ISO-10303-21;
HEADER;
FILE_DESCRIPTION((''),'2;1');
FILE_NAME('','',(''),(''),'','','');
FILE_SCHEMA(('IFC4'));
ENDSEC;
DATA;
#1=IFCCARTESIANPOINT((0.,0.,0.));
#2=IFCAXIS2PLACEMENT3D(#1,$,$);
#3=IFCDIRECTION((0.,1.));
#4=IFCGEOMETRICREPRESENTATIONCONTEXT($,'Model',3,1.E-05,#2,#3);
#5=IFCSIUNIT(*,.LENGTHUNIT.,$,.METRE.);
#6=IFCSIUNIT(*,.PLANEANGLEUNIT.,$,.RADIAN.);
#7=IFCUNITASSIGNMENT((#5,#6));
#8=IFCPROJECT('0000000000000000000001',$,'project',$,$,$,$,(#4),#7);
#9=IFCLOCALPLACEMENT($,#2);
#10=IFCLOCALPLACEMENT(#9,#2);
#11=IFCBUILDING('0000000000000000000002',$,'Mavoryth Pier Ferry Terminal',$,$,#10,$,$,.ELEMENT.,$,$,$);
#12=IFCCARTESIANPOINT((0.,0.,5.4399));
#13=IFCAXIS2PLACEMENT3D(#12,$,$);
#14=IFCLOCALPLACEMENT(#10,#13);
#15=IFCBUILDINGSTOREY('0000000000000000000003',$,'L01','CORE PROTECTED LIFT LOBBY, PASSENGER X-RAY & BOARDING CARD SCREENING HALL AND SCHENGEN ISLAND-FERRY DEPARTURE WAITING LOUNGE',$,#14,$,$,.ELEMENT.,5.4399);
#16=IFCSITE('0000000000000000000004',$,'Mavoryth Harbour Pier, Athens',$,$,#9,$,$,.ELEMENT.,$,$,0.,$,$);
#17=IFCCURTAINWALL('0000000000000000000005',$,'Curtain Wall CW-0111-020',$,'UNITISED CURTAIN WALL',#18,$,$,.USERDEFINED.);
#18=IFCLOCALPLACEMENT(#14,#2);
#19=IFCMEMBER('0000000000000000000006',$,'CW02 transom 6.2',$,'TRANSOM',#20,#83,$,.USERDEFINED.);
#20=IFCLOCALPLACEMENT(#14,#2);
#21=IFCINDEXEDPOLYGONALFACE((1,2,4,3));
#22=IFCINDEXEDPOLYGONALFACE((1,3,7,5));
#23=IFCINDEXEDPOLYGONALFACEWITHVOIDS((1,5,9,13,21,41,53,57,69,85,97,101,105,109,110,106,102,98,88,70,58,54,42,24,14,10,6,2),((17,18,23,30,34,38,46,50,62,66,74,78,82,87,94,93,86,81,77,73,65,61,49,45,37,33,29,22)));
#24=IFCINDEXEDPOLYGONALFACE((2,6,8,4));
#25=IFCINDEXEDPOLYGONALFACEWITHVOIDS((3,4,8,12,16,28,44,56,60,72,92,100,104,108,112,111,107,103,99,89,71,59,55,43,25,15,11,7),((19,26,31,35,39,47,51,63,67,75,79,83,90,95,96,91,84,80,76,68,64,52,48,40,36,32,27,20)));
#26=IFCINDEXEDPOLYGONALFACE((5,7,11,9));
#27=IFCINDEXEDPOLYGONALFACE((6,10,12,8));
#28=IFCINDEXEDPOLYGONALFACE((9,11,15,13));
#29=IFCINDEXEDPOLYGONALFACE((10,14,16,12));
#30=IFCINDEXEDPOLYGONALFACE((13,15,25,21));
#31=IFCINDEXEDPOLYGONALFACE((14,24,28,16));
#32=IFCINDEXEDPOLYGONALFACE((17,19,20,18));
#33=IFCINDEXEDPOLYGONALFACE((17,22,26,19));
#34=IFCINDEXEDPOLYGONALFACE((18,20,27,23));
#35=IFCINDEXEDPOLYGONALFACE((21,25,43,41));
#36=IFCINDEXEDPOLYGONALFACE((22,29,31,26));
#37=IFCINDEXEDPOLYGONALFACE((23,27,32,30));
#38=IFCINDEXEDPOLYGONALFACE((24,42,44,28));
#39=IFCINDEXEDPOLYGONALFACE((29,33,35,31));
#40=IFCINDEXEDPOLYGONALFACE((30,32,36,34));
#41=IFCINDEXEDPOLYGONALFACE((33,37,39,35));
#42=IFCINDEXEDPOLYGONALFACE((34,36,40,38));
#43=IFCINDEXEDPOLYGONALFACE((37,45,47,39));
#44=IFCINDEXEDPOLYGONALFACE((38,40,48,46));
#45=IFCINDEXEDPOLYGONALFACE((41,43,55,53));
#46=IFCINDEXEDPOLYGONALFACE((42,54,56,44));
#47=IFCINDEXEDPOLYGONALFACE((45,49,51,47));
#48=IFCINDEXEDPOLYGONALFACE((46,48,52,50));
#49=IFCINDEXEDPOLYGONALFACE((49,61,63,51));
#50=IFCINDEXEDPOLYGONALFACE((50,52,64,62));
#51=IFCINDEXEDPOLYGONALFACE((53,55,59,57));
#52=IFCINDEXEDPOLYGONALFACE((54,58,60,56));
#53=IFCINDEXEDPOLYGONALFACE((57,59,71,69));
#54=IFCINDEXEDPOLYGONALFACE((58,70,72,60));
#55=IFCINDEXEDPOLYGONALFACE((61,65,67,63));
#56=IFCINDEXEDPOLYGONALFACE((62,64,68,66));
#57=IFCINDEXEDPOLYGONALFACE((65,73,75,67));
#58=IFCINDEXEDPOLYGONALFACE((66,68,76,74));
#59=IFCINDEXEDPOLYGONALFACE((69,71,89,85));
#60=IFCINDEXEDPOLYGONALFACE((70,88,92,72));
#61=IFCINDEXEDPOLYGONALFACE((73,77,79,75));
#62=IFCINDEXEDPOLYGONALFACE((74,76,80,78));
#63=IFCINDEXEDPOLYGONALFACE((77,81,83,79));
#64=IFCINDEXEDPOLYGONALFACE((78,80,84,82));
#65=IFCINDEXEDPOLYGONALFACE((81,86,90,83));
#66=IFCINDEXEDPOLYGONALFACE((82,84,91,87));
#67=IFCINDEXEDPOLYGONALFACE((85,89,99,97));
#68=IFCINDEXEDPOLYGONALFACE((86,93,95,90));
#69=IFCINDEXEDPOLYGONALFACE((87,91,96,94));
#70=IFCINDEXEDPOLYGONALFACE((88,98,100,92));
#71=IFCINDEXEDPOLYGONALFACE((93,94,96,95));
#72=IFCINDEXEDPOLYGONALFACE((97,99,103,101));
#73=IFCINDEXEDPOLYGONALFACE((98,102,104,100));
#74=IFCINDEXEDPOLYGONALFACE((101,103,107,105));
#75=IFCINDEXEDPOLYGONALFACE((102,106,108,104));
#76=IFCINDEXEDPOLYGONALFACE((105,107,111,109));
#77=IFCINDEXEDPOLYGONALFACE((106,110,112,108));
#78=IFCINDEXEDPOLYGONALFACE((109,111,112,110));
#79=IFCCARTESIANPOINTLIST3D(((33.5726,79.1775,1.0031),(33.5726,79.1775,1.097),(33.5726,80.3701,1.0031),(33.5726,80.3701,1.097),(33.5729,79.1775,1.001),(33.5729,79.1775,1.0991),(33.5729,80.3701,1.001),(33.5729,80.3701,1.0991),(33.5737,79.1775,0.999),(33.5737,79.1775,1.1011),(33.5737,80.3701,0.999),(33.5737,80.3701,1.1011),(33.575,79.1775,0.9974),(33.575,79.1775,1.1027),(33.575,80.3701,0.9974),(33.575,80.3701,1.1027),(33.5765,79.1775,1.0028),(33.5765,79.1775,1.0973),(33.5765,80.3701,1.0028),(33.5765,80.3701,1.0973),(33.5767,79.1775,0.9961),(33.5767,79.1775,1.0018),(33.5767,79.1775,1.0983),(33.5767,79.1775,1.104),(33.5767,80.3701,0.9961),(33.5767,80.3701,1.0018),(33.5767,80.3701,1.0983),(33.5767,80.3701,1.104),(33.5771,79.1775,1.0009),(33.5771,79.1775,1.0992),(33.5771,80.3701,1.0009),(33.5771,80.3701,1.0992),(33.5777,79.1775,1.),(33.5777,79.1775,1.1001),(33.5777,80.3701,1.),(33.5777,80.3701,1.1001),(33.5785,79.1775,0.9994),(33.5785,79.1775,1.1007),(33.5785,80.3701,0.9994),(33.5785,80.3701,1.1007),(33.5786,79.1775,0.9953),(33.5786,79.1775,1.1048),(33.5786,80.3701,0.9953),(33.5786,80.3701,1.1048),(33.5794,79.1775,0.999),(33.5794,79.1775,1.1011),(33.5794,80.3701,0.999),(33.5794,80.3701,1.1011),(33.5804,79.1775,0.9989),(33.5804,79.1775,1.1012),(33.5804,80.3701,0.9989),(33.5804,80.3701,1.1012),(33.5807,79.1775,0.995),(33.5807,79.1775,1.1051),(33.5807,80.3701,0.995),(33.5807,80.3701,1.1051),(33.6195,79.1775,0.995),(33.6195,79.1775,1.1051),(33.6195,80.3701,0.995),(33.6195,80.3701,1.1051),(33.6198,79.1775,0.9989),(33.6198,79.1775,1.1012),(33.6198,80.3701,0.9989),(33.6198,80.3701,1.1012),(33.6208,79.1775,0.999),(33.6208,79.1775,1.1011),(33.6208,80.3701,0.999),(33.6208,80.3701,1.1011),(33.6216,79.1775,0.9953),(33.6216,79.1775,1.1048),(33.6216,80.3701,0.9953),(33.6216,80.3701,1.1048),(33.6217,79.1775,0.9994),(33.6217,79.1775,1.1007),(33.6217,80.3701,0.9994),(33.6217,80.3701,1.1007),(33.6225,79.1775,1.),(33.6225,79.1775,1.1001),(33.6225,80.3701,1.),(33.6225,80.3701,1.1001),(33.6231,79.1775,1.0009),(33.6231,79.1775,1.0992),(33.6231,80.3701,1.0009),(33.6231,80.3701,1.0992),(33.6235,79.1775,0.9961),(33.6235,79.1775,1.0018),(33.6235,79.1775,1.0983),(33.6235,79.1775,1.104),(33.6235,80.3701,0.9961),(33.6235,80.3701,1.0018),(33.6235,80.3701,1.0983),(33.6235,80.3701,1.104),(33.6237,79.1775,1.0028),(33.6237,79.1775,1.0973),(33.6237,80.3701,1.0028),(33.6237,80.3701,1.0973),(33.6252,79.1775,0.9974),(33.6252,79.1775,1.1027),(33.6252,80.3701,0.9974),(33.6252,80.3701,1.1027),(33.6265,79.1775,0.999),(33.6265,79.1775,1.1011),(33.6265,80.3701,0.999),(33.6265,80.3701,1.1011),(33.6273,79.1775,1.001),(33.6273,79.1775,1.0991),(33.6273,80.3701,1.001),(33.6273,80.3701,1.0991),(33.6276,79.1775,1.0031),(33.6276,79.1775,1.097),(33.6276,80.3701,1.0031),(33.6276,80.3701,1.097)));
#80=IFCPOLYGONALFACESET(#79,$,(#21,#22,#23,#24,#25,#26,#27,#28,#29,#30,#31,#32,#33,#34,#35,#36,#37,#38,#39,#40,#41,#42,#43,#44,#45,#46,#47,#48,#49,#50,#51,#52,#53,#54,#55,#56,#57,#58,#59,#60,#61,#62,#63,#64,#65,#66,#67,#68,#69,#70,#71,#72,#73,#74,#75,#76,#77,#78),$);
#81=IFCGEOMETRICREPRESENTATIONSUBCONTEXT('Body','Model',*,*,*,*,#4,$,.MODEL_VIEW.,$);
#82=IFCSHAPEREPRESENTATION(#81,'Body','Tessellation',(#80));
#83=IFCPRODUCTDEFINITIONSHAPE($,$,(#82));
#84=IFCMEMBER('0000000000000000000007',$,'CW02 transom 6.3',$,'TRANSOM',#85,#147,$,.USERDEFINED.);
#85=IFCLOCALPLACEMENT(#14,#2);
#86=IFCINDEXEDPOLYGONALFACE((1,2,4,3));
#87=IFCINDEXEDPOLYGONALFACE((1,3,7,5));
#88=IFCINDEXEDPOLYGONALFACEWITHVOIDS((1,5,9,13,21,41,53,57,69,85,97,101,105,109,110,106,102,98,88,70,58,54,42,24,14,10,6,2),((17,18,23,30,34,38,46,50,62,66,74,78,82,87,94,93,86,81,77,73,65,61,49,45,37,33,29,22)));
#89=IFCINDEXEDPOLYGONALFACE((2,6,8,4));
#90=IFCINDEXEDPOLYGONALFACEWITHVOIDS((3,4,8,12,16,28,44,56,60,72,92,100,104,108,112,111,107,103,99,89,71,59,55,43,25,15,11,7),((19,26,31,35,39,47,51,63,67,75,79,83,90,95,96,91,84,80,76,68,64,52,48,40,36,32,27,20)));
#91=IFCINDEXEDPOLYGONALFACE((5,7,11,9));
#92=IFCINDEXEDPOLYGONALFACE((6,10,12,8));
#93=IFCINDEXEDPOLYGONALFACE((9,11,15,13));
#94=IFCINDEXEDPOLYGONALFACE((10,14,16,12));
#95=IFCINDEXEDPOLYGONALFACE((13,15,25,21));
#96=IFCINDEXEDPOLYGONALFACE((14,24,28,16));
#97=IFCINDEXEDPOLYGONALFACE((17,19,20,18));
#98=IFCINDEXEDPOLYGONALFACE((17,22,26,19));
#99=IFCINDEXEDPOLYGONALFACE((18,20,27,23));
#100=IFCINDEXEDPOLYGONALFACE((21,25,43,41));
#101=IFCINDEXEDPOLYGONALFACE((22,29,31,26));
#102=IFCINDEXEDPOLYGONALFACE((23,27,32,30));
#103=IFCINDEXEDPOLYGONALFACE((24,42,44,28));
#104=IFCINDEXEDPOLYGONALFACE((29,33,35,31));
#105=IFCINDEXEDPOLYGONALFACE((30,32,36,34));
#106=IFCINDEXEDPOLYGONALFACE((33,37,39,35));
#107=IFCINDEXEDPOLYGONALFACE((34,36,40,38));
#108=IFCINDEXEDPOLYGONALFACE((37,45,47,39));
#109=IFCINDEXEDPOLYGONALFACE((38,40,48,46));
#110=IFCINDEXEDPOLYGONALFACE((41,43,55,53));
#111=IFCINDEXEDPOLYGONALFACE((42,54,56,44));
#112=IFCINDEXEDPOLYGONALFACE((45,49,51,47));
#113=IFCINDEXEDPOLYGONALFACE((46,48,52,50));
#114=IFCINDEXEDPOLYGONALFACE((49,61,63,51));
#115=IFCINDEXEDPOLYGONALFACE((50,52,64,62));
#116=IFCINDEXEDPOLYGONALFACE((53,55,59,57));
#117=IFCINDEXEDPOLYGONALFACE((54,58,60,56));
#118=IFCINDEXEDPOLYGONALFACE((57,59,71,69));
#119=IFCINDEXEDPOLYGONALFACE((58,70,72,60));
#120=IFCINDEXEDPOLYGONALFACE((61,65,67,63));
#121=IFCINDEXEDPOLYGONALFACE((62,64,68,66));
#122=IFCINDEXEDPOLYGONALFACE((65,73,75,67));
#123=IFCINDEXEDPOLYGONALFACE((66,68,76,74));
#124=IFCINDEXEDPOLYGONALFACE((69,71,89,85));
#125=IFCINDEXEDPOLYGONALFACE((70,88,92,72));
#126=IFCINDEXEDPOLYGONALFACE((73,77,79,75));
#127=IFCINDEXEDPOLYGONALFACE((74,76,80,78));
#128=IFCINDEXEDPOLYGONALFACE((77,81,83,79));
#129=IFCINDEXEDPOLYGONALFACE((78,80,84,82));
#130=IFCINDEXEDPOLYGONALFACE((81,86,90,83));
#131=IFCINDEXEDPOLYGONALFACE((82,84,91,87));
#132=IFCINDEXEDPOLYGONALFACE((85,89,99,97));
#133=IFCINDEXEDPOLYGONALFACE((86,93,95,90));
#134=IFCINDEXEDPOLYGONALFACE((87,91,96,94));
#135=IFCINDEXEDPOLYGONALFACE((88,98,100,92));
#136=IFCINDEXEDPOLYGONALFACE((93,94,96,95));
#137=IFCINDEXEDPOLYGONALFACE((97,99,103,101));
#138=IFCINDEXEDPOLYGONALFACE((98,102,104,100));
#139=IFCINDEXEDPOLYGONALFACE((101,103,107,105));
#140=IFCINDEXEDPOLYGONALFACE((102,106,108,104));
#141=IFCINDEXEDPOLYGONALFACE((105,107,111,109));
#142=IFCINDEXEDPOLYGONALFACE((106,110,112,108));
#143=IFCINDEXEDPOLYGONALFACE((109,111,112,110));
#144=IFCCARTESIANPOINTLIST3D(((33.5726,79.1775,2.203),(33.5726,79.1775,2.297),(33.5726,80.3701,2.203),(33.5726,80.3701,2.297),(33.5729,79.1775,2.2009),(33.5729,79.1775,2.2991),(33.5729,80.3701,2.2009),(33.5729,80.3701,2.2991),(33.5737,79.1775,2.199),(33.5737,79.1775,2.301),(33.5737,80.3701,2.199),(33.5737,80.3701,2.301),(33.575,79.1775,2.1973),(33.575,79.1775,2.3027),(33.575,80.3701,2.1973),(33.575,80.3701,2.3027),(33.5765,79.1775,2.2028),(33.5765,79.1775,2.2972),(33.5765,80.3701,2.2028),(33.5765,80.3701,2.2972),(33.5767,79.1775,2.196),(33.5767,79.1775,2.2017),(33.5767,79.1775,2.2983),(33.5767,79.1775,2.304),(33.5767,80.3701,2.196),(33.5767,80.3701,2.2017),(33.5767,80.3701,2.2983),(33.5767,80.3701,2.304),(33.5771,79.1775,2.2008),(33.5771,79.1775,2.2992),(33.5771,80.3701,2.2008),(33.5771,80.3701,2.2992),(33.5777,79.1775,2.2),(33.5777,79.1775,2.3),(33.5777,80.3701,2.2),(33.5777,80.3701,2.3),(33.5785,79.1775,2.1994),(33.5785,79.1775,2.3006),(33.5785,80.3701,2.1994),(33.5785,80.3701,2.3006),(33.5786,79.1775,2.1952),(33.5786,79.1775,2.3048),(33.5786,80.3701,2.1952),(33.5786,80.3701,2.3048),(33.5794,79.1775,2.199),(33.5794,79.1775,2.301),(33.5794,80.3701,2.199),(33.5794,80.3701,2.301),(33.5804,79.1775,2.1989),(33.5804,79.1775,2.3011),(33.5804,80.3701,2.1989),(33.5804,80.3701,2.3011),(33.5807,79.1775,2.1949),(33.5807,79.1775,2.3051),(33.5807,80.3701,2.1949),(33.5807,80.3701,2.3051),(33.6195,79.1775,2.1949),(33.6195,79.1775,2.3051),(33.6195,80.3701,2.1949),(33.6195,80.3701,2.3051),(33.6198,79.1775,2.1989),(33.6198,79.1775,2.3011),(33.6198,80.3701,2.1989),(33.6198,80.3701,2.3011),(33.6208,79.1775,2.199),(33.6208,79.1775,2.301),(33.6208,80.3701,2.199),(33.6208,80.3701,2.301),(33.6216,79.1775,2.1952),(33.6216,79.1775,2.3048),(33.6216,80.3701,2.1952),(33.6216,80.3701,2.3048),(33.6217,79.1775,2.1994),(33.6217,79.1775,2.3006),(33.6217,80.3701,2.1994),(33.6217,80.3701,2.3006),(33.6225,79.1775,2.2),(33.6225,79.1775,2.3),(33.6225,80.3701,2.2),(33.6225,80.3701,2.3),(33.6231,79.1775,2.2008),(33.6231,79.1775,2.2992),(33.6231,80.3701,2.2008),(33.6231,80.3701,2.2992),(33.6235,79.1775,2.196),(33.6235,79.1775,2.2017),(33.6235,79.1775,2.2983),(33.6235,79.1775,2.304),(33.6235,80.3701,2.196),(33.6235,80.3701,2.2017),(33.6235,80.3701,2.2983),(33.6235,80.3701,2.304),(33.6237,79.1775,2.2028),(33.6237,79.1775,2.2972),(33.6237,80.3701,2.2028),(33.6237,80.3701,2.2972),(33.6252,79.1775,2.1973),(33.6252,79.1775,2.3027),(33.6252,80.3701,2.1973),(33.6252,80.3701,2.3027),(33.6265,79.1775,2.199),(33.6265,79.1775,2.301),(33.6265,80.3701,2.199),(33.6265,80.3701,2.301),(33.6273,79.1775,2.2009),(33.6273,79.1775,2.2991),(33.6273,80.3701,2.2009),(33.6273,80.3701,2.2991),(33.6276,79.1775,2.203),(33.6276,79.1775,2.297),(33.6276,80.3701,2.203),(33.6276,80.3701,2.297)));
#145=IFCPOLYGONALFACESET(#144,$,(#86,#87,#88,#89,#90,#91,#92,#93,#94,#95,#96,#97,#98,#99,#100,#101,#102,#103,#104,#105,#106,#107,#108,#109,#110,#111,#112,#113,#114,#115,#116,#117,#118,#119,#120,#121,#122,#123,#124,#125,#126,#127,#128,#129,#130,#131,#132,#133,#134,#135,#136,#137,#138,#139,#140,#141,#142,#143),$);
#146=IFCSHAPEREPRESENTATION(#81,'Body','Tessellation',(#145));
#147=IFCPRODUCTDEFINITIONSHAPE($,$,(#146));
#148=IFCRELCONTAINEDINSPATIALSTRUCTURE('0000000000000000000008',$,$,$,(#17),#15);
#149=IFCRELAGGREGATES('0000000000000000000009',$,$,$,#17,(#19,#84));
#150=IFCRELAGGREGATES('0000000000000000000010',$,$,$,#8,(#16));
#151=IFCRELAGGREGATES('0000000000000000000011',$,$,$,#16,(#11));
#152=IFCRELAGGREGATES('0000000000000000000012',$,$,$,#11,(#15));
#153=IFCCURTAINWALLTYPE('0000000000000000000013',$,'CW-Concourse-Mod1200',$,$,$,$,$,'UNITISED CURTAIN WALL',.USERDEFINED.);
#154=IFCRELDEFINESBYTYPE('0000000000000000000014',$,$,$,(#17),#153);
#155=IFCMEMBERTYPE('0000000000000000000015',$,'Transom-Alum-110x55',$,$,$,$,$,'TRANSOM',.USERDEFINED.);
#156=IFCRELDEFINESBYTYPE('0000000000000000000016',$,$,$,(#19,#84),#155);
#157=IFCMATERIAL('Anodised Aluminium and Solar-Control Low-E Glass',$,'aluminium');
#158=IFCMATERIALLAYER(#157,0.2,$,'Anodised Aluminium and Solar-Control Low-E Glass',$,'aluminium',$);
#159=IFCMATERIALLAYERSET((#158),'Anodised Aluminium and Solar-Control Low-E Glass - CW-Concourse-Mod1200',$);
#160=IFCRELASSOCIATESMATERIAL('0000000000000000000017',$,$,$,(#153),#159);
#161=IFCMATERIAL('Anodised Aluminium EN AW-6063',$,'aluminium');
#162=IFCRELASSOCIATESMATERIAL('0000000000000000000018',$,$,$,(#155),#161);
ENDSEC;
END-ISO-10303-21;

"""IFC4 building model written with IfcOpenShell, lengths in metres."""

from ifc_helpers import new_model, si_unit, direction, frame, origin, origin_2d, place, context, subcontext, project, spatial, hollow_rectangle, extrude, material, layer, layer_set, material_profile, profile_set, type_object, element, aggregate, save


model = new_model("IFC4")

# Units and contexts
model_context = context("Model", 3, precision=1e-05, world=origin(), true_north=direction((0.0, 1.0)))
body_context = subcontext(model_context, "Body", "Model", "MODEL_VIEW")
ifc_project = project(units=[si_unit("LENGTHUNIT", "METRE"), si_unit("PLANEANGLEUNIT", "RADIAN")], contexts=[model_context])

# Site, building, storey
site_placement = place(None, origin())
site = spatial("IfcSite", under=ifc_project, at=site_placement, Name="Mavoryth Harbour Pier, Athens", CompositionType="ELEMENT", RefElevation=0.0)
building_placement = place(site_placement, origin())
building = spatial("IfcBuilding", under=site, at=building_placement, Name="Mavoryth Pier Ferry Terminal", CompositionType="ELEMENT")
storey_placement = place(building_placement, frame((0.0, 0.0, 5.4399)))
storey = spatial("IfcBuildingStorey", under=building, at=storey_placement, Name="L01", Description="CORE PROTECTED LIFT LOBBY, PASSENGER X-RAY & BOARDING CARD SCREENING HALL AND SCHENGEN ISLAND-FERRY DEPARTURE WAITING LOUNGE", CompositionType="ELEMENT", Elevation=5.4399)

# Curtain wall, members
ifc_material_1 = material(Name="Anodised Aluminium and Solar-Control Low-E Glass", Category="aluminium")
ifc_layer_1 = layer(ifc_material_1, 0.2, Name="Anodised Aluminium and Solar-Control Low-E Glass", Category="aluminium")
ifc_layer_set_1 = layer_set([ifc_layer_1], Name="Anodised Aluminium and Solar-Control Low-E Glass - CW-Concourse-Mod1200")
curtain_wall_type = type_object("IfcCurtainWallType", Name="CW-Concourse-Mod1200", ElementType="UNITISED CURTAIN WALL", PredefinedType="USERDEFINED", material=ifc_layer_set_1)
curtain_wall_placement = place(storey_placement, origin())
curtain_wall = element("IfcCurtainWall", 1, at=curtain_wall_placement, inside=storey, type_object=curtain_wall_type, Name="Curtain Wall CW-0111-020", ObjectType="UNITISED CURTAIN WALL", PredefinedType="USERDEFINED")
ifc_material_2 = material(Name="Anodised Aluminium EN AW-6063", Category="aluminium")
ifc_material_profile_1 = material_profile(ifc_material_2, hollow_rectangle(XDim=0.0549, YDim=0.1101, WallThickness=0.0039, InnerFilletRadius=0.0039, OuterFilletRadius=0.0081, at=origin_2d()), Name="AL-TRAN 110x55x4", Category="aluminium")
ifc_profile_set_1 = profile_set([ifc_material_profile_1], Name="Anodised Aluminium EN AW-6063 - AL-TRAN 110x55x4")
member_type_1 = type_object("IfcMemberType", Name="Transom-Alum-110x55", ElementType="TRANSOM", PredefinedType="USERDEFINED", material=ifc_profile_set_1)
member_1_placement = place(storey_placement, frame((33.6001, 79.1775, 1.05), z_axis=(0.0, 1.0, 0.0), x_axis=(-1.0, 0.0, 0.0)))
member_1 = element("IfcMember", 2, at=member_1_placement, type_object=member_type_1, Name="CW02 transom 6.2", ObjectType="TRANSOM", PredefinedType="USERDEFINED", context=body_context, shape_type="SweptSolid", body=[
    extrude(hollow_rectangle(XDim=0.0549, YDim=0.1101, WallThickness=0.0039, InnerFilletRadius=0.0039, OuterFilletRadius=0.0081, at=origin_2d()), origin(), (0.0, 0.0, 1.0), 1.1926),
])
member_2_placement = place(storey_placement, frame((33.6001, 79.1775, 2.25), z_axis=(0.0, 1.0, 0.0), x_axis=(-1.0, 0.0, 0.0)))
member_2 = element("IfcMember", 3, at=member_2_placement, type_object=member_type_1, Name="CW02 transom 6.3", ObjectType="TRANSOM", PredefinedType="USERDEFINED", context=body_context, shape_type="SweptSolid", body=[
    extrude(hollow_rectangle(XDim=0.0549, YDim=0.1101, WallThickness=0.0039, InnerFilletRadius=0.0039, OuterFilletRadius=0.0081, at=origin_2d()), origin(), (0.0, 0.0, 1.0), 1.1926),
])
aggregate(curtain_wall, [member_1, member_2])

save(model, "model.ifc")
